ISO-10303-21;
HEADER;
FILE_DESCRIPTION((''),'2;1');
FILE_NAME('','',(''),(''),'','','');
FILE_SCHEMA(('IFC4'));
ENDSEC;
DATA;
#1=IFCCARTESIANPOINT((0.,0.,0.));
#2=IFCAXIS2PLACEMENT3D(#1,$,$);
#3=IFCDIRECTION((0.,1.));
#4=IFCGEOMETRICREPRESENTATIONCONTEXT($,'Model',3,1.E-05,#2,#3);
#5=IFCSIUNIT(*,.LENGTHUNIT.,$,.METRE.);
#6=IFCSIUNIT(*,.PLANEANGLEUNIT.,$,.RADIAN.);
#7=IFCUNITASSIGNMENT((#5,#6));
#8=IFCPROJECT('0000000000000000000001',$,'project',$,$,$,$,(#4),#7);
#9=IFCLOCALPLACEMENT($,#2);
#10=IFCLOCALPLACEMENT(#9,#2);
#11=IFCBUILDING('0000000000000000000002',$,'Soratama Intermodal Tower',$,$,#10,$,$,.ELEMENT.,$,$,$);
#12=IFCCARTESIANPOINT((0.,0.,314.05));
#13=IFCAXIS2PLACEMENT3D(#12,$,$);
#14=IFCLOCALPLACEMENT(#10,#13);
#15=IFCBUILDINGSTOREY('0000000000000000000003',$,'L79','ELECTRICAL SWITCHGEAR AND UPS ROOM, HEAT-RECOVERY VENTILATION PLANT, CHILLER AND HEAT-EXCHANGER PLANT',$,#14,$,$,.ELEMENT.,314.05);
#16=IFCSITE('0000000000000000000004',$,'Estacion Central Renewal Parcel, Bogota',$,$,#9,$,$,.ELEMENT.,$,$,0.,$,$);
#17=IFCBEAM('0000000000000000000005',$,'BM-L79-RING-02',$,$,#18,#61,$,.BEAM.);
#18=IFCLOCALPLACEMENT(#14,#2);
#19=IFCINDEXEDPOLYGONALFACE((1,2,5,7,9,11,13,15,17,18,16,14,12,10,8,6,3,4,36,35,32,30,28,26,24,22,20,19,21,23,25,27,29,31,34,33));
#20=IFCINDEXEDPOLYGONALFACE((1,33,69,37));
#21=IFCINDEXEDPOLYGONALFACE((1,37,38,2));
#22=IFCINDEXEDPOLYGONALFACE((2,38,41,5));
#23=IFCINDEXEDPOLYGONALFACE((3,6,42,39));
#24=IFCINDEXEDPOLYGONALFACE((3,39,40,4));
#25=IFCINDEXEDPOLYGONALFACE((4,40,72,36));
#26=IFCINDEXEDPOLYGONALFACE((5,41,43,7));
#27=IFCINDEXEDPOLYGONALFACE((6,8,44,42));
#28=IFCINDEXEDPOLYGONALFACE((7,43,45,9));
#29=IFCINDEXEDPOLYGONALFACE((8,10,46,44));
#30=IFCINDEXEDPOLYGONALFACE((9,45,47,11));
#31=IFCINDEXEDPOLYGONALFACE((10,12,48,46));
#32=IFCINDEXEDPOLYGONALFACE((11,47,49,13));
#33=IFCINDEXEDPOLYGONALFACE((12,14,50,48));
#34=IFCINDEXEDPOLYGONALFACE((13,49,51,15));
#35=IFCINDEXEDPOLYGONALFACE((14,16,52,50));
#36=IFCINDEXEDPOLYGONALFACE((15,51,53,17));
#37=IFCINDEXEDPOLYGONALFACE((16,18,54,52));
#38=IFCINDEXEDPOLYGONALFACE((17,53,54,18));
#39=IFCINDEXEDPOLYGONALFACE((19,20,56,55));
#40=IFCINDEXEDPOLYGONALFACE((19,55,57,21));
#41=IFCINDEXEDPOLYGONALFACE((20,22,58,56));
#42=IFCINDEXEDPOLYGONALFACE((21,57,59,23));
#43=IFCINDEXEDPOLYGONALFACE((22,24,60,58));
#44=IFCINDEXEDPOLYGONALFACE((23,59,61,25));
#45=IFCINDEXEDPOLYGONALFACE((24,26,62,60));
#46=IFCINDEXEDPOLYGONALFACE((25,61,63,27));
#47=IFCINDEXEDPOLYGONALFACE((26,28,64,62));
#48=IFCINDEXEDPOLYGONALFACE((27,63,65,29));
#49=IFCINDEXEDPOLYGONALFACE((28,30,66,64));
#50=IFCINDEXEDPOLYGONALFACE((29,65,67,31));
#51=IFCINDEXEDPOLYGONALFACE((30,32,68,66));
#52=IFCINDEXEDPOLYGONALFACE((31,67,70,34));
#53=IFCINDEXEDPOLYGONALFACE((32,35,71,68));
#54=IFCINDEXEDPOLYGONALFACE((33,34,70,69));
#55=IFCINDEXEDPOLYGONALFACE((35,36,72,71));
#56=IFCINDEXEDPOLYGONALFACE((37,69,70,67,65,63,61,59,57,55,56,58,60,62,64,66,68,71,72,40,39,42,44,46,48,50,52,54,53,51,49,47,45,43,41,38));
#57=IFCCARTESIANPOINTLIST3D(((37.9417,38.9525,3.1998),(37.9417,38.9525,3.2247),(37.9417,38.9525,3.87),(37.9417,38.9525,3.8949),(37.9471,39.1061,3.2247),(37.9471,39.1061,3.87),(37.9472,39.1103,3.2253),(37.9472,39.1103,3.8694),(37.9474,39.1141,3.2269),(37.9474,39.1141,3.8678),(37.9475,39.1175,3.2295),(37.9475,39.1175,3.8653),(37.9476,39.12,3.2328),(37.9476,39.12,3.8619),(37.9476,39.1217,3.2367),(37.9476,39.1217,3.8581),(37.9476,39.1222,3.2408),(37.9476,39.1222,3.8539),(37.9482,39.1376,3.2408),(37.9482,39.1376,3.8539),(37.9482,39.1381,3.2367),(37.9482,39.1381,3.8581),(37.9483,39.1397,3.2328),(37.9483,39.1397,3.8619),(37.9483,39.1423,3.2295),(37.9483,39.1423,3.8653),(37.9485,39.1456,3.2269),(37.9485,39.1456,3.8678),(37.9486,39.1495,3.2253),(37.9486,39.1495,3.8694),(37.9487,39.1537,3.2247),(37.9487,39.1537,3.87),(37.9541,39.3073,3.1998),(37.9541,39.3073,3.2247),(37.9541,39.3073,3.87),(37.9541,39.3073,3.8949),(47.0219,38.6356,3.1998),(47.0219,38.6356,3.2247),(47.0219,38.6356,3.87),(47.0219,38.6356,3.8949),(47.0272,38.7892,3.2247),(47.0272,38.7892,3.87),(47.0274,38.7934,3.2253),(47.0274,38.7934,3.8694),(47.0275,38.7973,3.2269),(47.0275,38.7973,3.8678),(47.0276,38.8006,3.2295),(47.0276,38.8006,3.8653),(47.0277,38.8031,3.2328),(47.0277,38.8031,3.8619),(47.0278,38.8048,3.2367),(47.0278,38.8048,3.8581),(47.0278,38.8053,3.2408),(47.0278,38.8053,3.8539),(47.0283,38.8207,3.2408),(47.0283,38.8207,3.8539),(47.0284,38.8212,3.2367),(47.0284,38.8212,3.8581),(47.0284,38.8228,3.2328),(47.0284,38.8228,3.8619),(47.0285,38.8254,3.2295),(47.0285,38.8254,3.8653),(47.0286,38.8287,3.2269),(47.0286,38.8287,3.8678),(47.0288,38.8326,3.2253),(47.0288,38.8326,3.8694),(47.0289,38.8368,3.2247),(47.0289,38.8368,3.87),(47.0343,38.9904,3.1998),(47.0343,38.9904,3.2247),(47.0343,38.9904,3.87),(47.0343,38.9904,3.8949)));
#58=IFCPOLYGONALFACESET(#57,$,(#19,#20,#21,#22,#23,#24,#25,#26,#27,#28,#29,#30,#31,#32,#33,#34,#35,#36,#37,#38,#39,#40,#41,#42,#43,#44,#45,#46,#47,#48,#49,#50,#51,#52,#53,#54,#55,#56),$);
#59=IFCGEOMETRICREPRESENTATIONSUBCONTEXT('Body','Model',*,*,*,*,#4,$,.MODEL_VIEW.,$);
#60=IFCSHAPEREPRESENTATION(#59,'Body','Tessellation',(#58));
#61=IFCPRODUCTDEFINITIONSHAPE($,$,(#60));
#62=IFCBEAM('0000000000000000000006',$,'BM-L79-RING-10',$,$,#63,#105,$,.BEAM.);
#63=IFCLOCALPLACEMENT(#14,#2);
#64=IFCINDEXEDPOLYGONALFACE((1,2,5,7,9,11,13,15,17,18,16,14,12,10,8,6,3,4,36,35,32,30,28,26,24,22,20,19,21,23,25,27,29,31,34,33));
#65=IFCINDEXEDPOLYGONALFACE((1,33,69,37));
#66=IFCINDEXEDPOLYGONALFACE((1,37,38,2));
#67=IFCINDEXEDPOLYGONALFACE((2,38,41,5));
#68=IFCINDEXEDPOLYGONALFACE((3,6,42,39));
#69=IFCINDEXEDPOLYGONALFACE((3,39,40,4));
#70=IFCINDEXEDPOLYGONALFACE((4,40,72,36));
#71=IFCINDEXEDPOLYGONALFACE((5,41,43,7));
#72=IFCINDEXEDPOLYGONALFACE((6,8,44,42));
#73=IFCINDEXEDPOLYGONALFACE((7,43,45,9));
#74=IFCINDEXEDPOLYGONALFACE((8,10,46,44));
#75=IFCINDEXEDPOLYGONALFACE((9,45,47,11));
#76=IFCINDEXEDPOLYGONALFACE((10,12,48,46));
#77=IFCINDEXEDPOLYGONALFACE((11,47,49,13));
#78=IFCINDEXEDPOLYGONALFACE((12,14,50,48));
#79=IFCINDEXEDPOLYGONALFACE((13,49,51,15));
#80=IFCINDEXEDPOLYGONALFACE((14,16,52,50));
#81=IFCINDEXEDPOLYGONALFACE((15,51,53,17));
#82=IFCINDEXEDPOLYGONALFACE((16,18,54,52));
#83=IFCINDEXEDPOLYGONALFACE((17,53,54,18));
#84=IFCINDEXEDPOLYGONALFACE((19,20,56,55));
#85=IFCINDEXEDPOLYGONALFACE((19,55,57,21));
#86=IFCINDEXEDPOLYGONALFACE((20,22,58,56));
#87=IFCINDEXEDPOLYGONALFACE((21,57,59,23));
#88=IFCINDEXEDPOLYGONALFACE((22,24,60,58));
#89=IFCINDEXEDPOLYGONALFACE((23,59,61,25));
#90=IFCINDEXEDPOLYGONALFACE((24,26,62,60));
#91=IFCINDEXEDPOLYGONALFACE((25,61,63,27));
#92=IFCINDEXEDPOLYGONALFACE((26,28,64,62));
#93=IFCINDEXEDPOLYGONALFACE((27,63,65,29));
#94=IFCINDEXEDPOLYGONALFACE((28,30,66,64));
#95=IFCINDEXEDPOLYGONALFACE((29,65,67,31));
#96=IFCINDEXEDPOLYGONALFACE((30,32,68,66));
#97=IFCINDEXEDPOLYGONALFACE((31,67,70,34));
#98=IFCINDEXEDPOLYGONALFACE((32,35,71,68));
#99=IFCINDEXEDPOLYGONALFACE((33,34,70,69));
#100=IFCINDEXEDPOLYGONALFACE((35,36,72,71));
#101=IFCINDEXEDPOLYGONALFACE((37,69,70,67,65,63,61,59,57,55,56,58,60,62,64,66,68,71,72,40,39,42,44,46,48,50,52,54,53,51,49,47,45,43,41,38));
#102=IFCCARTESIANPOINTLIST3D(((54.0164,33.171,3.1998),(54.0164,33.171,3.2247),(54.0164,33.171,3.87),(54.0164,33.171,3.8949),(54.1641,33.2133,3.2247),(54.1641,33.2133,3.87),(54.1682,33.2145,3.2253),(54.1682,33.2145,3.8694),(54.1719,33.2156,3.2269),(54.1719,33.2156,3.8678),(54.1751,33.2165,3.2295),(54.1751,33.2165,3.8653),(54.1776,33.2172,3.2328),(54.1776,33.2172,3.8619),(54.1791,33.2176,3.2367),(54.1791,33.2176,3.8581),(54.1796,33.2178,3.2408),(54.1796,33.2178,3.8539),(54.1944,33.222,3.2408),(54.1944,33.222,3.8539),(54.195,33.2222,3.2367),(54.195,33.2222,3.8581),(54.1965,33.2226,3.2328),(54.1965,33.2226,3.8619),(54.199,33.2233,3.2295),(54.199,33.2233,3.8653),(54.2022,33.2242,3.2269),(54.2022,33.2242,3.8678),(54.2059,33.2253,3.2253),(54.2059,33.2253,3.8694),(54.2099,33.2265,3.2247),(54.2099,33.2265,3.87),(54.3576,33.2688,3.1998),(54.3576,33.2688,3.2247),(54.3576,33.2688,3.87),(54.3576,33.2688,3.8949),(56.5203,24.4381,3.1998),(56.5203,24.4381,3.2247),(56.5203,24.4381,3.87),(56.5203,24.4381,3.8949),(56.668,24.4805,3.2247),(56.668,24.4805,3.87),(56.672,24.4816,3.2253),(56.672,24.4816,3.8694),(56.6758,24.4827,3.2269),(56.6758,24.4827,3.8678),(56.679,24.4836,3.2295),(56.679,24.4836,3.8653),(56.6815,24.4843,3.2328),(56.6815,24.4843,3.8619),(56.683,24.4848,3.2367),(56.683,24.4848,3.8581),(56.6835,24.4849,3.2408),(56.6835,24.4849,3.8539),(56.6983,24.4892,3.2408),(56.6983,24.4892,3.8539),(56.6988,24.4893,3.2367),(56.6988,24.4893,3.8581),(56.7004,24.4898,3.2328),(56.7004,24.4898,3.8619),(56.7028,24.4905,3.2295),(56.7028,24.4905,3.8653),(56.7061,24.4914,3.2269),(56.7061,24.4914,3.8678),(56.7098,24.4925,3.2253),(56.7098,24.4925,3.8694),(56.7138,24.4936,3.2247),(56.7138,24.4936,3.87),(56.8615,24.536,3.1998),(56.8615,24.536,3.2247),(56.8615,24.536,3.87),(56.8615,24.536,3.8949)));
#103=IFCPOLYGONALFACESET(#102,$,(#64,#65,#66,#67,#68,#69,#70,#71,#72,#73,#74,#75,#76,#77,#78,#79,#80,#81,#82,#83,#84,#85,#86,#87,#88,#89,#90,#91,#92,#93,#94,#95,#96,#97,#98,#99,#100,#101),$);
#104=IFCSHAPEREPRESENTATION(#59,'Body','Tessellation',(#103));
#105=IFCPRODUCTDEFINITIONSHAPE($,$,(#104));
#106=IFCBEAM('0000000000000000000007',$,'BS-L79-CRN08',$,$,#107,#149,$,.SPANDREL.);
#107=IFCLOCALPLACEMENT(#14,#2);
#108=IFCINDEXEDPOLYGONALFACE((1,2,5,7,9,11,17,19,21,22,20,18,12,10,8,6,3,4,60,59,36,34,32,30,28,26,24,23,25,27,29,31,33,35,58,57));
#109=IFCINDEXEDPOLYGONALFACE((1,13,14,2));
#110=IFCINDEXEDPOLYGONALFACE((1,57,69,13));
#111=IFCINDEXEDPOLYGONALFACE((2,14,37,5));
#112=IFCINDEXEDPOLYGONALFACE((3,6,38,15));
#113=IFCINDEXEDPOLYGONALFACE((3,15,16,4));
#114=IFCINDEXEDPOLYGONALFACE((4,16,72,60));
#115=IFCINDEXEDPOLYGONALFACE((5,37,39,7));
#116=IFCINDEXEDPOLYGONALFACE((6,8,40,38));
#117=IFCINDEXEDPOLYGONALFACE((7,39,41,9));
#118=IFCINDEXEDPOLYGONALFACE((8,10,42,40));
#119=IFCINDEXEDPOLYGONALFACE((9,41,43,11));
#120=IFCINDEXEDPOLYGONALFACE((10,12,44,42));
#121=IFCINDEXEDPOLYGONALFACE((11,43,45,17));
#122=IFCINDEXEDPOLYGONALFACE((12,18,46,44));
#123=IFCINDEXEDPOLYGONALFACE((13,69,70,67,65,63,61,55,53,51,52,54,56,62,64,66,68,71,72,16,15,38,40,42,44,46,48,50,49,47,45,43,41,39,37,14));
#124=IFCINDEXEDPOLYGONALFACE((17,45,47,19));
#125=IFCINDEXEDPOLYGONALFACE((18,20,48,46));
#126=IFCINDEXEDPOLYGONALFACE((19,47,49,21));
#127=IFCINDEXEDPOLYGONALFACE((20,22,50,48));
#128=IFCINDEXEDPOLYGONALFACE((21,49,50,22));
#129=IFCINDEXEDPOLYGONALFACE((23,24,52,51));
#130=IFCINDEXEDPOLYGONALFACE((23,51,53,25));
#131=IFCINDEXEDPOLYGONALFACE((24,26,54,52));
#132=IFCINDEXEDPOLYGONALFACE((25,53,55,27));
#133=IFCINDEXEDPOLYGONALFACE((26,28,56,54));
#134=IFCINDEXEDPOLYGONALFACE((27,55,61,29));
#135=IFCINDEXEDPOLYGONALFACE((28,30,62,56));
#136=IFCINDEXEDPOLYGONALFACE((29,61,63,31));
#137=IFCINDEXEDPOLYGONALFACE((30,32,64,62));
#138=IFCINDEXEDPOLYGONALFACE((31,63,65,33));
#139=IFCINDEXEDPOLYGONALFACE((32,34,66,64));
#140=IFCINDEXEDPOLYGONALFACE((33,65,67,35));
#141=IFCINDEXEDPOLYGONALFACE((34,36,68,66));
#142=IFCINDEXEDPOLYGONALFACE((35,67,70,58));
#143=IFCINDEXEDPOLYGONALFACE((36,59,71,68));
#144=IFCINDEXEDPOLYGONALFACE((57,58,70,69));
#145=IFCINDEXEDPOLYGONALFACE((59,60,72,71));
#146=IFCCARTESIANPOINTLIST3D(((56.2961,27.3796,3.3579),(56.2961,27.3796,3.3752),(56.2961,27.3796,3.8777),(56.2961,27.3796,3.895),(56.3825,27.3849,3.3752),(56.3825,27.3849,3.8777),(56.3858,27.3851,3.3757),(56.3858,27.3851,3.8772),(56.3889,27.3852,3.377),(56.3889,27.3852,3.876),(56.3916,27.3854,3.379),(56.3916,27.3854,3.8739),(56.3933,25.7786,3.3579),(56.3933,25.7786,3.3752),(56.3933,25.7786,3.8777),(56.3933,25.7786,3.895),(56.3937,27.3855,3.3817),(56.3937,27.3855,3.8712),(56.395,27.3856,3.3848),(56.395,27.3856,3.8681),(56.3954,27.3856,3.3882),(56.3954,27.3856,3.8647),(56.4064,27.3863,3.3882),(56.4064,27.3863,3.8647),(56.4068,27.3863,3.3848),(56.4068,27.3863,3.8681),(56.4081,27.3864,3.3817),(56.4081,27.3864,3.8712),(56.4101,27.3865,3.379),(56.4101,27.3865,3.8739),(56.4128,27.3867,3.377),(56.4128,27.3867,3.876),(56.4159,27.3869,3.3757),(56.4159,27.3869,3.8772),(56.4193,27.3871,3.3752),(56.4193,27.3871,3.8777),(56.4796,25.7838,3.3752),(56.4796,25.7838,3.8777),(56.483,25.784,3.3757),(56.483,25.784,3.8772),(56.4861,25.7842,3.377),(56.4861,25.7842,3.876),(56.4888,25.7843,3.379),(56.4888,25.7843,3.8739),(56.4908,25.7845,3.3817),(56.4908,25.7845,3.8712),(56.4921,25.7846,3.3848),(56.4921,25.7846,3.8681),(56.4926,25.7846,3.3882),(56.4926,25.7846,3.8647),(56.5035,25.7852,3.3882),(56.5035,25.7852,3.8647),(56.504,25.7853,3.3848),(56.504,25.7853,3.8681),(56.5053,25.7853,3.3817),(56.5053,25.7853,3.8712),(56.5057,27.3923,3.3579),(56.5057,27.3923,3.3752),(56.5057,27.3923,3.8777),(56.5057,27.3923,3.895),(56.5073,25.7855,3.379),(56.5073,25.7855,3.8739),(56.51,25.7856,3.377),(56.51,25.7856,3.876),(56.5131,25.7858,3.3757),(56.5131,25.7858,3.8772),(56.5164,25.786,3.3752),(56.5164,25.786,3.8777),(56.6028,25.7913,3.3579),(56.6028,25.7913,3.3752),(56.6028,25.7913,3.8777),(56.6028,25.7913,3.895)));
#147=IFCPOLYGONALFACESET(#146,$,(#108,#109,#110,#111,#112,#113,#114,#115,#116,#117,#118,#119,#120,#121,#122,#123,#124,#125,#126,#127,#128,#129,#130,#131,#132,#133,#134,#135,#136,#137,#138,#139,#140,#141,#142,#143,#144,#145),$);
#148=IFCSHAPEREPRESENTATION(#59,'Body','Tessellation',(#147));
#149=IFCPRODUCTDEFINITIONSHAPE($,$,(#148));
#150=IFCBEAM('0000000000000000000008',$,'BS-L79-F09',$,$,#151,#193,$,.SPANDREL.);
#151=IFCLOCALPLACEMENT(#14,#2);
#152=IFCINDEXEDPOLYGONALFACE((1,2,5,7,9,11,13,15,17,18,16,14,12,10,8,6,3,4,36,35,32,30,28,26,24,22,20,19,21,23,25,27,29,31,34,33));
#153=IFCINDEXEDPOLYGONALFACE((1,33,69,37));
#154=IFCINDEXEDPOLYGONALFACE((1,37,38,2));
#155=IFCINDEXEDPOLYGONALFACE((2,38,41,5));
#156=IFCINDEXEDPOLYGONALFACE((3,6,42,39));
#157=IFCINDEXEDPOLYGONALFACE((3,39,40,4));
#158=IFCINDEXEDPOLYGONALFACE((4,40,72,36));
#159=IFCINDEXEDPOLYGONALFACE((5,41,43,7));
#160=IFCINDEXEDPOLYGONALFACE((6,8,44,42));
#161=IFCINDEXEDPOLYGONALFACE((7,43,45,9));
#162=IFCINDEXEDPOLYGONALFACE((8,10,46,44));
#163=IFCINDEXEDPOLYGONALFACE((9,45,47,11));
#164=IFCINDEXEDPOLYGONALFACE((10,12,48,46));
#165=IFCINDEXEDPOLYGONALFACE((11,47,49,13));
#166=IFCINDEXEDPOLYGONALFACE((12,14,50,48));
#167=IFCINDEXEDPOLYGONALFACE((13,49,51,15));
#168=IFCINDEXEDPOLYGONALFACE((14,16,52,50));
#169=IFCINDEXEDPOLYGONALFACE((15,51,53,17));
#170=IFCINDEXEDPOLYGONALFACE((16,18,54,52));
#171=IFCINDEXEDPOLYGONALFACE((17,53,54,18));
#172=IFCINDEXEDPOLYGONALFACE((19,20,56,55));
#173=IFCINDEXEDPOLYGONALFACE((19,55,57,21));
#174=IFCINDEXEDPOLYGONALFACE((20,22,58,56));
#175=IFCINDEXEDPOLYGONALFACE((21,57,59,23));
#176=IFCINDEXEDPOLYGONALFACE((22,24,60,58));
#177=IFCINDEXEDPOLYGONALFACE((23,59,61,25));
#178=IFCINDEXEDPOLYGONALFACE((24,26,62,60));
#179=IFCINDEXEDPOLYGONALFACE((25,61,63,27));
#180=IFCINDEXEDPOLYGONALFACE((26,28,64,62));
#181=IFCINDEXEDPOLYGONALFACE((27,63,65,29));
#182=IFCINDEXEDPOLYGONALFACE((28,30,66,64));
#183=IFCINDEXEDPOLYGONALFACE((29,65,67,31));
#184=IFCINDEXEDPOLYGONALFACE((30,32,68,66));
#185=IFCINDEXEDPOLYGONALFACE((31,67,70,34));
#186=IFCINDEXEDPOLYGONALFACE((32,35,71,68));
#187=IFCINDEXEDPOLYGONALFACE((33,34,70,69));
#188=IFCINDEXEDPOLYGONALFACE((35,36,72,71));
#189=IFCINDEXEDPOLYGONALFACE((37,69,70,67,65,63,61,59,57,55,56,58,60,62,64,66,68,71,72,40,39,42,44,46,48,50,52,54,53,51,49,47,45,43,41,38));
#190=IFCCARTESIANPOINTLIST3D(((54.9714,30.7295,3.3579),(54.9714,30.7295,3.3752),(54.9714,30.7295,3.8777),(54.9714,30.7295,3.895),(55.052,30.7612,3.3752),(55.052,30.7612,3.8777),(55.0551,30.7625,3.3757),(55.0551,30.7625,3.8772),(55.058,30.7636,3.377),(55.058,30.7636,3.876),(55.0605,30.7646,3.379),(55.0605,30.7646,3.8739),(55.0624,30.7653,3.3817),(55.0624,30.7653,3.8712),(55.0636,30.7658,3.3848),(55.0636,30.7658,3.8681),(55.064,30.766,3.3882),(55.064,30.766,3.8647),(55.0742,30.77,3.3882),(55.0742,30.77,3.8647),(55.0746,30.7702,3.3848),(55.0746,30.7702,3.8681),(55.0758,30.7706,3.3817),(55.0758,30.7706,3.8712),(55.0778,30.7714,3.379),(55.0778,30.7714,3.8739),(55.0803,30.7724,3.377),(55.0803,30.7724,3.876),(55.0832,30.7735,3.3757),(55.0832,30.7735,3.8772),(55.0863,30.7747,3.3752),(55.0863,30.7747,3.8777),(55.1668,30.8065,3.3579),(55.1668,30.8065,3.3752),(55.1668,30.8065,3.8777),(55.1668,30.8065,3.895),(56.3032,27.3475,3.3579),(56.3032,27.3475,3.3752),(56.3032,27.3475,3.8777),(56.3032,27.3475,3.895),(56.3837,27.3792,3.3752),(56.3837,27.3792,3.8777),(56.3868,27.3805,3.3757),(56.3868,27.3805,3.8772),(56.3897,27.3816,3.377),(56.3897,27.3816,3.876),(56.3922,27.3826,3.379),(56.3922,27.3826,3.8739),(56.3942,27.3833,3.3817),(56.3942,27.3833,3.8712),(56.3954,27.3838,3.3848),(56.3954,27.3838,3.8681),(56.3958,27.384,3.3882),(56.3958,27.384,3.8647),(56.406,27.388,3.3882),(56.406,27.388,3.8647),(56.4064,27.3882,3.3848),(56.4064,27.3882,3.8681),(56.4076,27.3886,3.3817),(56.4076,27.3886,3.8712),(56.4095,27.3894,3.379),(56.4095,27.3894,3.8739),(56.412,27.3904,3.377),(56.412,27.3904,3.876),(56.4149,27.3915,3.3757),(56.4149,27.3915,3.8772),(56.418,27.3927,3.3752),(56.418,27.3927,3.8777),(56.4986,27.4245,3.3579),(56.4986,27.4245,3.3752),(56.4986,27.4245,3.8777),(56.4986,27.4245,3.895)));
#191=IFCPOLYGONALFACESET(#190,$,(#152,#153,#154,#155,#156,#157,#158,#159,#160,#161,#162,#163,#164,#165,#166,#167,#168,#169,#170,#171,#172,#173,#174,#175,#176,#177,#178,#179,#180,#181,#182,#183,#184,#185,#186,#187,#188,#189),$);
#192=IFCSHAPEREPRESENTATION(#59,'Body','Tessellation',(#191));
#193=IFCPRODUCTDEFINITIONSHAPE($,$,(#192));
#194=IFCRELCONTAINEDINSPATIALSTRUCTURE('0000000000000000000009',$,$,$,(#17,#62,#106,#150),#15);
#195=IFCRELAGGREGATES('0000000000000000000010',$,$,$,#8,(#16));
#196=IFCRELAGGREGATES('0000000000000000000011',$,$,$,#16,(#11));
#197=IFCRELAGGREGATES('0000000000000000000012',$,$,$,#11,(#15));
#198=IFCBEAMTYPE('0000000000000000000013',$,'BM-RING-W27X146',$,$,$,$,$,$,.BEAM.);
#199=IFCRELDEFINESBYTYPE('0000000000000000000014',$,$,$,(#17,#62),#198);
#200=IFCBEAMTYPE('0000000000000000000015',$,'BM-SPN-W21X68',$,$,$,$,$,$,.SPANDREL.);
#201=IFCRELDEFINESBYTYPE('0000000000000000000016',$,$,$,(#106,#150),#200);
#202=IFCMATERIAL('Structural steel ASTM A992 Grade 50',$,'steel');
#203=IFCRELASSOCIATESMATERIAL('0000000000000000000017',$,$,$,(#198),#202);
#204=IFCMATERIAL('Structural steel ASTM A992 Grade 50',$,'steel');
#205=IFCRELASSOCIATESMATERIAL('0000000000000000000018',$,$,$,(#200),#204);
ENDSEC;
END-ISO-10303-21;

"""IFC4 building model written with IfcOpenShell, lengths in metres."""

from ifc_helpers import new_model, si_unit, direction, frame, origin, origin_2d, place, context, subcontext, project, spatial, i_section, extrude, material, material_profile, profile_set, type_object, element, save


model = new_model("IFC4")

# Units and contexts
model_context = context("Model", 3, precision=1e-05, world=origin(), true_north=direction((0.0, 1.0)))
body_context = subcontext(model_context, "Body", "Model", "MODEL_VIEW")
ifc_project = project(units=[si_unit("LENGTHUNIT", "METRE"), si_unit("PLANEANGLEUNIT", "RADIAN")], contexts=[model_context])

# Site, building, storey
site_placement = place(None, origin())
site = spatial("IfcSite", under=ifc_project, at=site_placement, Name="Estacion Central Renewal Parcel, Bogota", CompositionType="ELEMENT", RefElevation=0.0)
building_placement = place(site_placement, origin())
building = spatial("IfcBuilding", under=site, at=building_placement, Name="Soratama Intermodal Tower", CompositionType="ELEMENT")
storey_placement = place(building_placement, frame((0.0, 0.0, 314.05)))
storey = spatial("IfcBuildingStorey", under=building, at=storey_placement, Name="L79", Description="ELECTRICAL SWITCHGEAR AND UPS ROOM, HEAT-RECOVERY VENTILATION PLANT, CHILLER AND HEAT-EXCHANGER PLANT", CompositionType="ELEMENT", Elevation=314.05)

# Beams
ifc_material_1 = material(Name="Structural steel ASTM A992 Grade 50", Category="steel")
ifc_material_profile_1 = material_profile(ifc_material_1, i_section(OverallWidth=0.355, OverallDepth=0.6951, WebThickness=0.0154, FlangeThickness=0.0249, FilletRadius=0.0161, at=origin_2d()), Name="W27X146")
ifc_profile_set_1 = profile_set([ifc_material_profile_1], Name="Structural steel ASTM A992 Grade 50")
beam_type_1 = type_object("IfcBeamType", Name="BM-RING-W27X146", PredefinedType="BEAM", material=ifc_profile_set_1)
beam_1_placement = place(storey_placement, frame((47.0281, 38.813, 3.5474), z_axis=(-0.999392, 0.034879, 0.0), x_axis=(-0.034879, -0.999392, 0.0)))
element("IfcBeam", 1, at=beam_1_placement, inside=storey, type_object=beam_type_1, Name="BM-L79-RING-02", PredefinedType="BEAM", context=body_context, shape_type="SweptSolid", body=[
    extrude(i_section(OverallWidth=0.355, OverallDepth=0.6951, WebThickness=0.0154, FlangeThickness=0.0249, FilletRadius=0.0161, at=origin_2d()), origin(), (0.0, 0.0, 1.0), 9.0857),
])
beam_2_placement = place(storey_placement, frame((56.6909, 24.4871, 3.5474), z_axis=(-0.275615, 0.961268, 0.0), x_axis=(-0.961268, -0.275615, 0.0)))
element("IfcBeam", 2, at=beam_2_placement, inside=storey, type_object=beam_type_1, Name="BM-L79-RING-10", PredefinedType="BEAM", context=body_context, shape_type="SweptSolid", body=[
    extrude(i_section(OverallWidth=0.355, OverallDepth=0.6951, WebThickness=0.0154, FlangeThickness=0.0249, FilletRadius=0.0161, at=origin_2d()), origin(), (0.0, 0.0, 1.0), 9.0847),
])
ifc_material_2 = material(Name="Structural steel ASTM A992 Grade 50", Category="steel")
ifc_material_profile_2 = material_profile(ifc_material_2, i_section(OverallWidth=0.21, OverallDepth=0.5371, WebThickness=0.011, FlangeThickness=0.0173, FilletRadius=0.0129, at=origin_2d()), Name="W21X68")
ifc_profile_set_2 = profile_set([ifc_material_profile_2], Name="Structural steel ASTM A992 Grade 50")
beam_type_2 = type_object("IfcBeamType", Name="BM-SPN-W21X68", PredefinedType="SPANDREL", material=ifc_profile_set_2)
beam_3_placement = place(storey_placement, frame((56.498, 25.7849, 3.6265), z_axis=(-0.060578, 0.998163, 0.0), x_axis=(-0.998163, -0.060578, 0.0)))
element("IfcBeam", 3, at=beam_3_placement, inside=storey, type_object=beam_type_2, Name="BS-L79-CRN08", PredefinedType="SPANDREL", context=body_context, shape_type="SweptSolid", body=[
    extrude(i_section(OverallWidth=0.21, OverallDepth=0.5371, WebThickness=0.011, FlangeThickness=0.0173, FilletRadius=0.0129, at=origin_2d()), origin(), (0.0, 0.0, 1.0), 1.604),
])
beam_4_placement = place(storey_placement, frame((56.4009, 27.386, 3.6265), z_axis=(-0.366394, 0.93046, 0.0), x_axis=(-0.93046, -0.366394, 0.0)))
element("IfcBeam", 4, at=beam_4_placement, inside=storey, type_object=beam_type_2, Name="BS-L79-F09", PredefinedType="SPANDREL", context=body_context, shape_type="SweptSolid", body=[
    extrude(i_section(OverallWidth=0.21, OverallDepth=0.5371, WebThickness=0.011, FlangeThickness=0.0173, FilletRadius=0.0129, at=origin_2d()), origin(), (0.0, 0.0, 1.0), 3.6348),
])

save(model, "model.ifc")
